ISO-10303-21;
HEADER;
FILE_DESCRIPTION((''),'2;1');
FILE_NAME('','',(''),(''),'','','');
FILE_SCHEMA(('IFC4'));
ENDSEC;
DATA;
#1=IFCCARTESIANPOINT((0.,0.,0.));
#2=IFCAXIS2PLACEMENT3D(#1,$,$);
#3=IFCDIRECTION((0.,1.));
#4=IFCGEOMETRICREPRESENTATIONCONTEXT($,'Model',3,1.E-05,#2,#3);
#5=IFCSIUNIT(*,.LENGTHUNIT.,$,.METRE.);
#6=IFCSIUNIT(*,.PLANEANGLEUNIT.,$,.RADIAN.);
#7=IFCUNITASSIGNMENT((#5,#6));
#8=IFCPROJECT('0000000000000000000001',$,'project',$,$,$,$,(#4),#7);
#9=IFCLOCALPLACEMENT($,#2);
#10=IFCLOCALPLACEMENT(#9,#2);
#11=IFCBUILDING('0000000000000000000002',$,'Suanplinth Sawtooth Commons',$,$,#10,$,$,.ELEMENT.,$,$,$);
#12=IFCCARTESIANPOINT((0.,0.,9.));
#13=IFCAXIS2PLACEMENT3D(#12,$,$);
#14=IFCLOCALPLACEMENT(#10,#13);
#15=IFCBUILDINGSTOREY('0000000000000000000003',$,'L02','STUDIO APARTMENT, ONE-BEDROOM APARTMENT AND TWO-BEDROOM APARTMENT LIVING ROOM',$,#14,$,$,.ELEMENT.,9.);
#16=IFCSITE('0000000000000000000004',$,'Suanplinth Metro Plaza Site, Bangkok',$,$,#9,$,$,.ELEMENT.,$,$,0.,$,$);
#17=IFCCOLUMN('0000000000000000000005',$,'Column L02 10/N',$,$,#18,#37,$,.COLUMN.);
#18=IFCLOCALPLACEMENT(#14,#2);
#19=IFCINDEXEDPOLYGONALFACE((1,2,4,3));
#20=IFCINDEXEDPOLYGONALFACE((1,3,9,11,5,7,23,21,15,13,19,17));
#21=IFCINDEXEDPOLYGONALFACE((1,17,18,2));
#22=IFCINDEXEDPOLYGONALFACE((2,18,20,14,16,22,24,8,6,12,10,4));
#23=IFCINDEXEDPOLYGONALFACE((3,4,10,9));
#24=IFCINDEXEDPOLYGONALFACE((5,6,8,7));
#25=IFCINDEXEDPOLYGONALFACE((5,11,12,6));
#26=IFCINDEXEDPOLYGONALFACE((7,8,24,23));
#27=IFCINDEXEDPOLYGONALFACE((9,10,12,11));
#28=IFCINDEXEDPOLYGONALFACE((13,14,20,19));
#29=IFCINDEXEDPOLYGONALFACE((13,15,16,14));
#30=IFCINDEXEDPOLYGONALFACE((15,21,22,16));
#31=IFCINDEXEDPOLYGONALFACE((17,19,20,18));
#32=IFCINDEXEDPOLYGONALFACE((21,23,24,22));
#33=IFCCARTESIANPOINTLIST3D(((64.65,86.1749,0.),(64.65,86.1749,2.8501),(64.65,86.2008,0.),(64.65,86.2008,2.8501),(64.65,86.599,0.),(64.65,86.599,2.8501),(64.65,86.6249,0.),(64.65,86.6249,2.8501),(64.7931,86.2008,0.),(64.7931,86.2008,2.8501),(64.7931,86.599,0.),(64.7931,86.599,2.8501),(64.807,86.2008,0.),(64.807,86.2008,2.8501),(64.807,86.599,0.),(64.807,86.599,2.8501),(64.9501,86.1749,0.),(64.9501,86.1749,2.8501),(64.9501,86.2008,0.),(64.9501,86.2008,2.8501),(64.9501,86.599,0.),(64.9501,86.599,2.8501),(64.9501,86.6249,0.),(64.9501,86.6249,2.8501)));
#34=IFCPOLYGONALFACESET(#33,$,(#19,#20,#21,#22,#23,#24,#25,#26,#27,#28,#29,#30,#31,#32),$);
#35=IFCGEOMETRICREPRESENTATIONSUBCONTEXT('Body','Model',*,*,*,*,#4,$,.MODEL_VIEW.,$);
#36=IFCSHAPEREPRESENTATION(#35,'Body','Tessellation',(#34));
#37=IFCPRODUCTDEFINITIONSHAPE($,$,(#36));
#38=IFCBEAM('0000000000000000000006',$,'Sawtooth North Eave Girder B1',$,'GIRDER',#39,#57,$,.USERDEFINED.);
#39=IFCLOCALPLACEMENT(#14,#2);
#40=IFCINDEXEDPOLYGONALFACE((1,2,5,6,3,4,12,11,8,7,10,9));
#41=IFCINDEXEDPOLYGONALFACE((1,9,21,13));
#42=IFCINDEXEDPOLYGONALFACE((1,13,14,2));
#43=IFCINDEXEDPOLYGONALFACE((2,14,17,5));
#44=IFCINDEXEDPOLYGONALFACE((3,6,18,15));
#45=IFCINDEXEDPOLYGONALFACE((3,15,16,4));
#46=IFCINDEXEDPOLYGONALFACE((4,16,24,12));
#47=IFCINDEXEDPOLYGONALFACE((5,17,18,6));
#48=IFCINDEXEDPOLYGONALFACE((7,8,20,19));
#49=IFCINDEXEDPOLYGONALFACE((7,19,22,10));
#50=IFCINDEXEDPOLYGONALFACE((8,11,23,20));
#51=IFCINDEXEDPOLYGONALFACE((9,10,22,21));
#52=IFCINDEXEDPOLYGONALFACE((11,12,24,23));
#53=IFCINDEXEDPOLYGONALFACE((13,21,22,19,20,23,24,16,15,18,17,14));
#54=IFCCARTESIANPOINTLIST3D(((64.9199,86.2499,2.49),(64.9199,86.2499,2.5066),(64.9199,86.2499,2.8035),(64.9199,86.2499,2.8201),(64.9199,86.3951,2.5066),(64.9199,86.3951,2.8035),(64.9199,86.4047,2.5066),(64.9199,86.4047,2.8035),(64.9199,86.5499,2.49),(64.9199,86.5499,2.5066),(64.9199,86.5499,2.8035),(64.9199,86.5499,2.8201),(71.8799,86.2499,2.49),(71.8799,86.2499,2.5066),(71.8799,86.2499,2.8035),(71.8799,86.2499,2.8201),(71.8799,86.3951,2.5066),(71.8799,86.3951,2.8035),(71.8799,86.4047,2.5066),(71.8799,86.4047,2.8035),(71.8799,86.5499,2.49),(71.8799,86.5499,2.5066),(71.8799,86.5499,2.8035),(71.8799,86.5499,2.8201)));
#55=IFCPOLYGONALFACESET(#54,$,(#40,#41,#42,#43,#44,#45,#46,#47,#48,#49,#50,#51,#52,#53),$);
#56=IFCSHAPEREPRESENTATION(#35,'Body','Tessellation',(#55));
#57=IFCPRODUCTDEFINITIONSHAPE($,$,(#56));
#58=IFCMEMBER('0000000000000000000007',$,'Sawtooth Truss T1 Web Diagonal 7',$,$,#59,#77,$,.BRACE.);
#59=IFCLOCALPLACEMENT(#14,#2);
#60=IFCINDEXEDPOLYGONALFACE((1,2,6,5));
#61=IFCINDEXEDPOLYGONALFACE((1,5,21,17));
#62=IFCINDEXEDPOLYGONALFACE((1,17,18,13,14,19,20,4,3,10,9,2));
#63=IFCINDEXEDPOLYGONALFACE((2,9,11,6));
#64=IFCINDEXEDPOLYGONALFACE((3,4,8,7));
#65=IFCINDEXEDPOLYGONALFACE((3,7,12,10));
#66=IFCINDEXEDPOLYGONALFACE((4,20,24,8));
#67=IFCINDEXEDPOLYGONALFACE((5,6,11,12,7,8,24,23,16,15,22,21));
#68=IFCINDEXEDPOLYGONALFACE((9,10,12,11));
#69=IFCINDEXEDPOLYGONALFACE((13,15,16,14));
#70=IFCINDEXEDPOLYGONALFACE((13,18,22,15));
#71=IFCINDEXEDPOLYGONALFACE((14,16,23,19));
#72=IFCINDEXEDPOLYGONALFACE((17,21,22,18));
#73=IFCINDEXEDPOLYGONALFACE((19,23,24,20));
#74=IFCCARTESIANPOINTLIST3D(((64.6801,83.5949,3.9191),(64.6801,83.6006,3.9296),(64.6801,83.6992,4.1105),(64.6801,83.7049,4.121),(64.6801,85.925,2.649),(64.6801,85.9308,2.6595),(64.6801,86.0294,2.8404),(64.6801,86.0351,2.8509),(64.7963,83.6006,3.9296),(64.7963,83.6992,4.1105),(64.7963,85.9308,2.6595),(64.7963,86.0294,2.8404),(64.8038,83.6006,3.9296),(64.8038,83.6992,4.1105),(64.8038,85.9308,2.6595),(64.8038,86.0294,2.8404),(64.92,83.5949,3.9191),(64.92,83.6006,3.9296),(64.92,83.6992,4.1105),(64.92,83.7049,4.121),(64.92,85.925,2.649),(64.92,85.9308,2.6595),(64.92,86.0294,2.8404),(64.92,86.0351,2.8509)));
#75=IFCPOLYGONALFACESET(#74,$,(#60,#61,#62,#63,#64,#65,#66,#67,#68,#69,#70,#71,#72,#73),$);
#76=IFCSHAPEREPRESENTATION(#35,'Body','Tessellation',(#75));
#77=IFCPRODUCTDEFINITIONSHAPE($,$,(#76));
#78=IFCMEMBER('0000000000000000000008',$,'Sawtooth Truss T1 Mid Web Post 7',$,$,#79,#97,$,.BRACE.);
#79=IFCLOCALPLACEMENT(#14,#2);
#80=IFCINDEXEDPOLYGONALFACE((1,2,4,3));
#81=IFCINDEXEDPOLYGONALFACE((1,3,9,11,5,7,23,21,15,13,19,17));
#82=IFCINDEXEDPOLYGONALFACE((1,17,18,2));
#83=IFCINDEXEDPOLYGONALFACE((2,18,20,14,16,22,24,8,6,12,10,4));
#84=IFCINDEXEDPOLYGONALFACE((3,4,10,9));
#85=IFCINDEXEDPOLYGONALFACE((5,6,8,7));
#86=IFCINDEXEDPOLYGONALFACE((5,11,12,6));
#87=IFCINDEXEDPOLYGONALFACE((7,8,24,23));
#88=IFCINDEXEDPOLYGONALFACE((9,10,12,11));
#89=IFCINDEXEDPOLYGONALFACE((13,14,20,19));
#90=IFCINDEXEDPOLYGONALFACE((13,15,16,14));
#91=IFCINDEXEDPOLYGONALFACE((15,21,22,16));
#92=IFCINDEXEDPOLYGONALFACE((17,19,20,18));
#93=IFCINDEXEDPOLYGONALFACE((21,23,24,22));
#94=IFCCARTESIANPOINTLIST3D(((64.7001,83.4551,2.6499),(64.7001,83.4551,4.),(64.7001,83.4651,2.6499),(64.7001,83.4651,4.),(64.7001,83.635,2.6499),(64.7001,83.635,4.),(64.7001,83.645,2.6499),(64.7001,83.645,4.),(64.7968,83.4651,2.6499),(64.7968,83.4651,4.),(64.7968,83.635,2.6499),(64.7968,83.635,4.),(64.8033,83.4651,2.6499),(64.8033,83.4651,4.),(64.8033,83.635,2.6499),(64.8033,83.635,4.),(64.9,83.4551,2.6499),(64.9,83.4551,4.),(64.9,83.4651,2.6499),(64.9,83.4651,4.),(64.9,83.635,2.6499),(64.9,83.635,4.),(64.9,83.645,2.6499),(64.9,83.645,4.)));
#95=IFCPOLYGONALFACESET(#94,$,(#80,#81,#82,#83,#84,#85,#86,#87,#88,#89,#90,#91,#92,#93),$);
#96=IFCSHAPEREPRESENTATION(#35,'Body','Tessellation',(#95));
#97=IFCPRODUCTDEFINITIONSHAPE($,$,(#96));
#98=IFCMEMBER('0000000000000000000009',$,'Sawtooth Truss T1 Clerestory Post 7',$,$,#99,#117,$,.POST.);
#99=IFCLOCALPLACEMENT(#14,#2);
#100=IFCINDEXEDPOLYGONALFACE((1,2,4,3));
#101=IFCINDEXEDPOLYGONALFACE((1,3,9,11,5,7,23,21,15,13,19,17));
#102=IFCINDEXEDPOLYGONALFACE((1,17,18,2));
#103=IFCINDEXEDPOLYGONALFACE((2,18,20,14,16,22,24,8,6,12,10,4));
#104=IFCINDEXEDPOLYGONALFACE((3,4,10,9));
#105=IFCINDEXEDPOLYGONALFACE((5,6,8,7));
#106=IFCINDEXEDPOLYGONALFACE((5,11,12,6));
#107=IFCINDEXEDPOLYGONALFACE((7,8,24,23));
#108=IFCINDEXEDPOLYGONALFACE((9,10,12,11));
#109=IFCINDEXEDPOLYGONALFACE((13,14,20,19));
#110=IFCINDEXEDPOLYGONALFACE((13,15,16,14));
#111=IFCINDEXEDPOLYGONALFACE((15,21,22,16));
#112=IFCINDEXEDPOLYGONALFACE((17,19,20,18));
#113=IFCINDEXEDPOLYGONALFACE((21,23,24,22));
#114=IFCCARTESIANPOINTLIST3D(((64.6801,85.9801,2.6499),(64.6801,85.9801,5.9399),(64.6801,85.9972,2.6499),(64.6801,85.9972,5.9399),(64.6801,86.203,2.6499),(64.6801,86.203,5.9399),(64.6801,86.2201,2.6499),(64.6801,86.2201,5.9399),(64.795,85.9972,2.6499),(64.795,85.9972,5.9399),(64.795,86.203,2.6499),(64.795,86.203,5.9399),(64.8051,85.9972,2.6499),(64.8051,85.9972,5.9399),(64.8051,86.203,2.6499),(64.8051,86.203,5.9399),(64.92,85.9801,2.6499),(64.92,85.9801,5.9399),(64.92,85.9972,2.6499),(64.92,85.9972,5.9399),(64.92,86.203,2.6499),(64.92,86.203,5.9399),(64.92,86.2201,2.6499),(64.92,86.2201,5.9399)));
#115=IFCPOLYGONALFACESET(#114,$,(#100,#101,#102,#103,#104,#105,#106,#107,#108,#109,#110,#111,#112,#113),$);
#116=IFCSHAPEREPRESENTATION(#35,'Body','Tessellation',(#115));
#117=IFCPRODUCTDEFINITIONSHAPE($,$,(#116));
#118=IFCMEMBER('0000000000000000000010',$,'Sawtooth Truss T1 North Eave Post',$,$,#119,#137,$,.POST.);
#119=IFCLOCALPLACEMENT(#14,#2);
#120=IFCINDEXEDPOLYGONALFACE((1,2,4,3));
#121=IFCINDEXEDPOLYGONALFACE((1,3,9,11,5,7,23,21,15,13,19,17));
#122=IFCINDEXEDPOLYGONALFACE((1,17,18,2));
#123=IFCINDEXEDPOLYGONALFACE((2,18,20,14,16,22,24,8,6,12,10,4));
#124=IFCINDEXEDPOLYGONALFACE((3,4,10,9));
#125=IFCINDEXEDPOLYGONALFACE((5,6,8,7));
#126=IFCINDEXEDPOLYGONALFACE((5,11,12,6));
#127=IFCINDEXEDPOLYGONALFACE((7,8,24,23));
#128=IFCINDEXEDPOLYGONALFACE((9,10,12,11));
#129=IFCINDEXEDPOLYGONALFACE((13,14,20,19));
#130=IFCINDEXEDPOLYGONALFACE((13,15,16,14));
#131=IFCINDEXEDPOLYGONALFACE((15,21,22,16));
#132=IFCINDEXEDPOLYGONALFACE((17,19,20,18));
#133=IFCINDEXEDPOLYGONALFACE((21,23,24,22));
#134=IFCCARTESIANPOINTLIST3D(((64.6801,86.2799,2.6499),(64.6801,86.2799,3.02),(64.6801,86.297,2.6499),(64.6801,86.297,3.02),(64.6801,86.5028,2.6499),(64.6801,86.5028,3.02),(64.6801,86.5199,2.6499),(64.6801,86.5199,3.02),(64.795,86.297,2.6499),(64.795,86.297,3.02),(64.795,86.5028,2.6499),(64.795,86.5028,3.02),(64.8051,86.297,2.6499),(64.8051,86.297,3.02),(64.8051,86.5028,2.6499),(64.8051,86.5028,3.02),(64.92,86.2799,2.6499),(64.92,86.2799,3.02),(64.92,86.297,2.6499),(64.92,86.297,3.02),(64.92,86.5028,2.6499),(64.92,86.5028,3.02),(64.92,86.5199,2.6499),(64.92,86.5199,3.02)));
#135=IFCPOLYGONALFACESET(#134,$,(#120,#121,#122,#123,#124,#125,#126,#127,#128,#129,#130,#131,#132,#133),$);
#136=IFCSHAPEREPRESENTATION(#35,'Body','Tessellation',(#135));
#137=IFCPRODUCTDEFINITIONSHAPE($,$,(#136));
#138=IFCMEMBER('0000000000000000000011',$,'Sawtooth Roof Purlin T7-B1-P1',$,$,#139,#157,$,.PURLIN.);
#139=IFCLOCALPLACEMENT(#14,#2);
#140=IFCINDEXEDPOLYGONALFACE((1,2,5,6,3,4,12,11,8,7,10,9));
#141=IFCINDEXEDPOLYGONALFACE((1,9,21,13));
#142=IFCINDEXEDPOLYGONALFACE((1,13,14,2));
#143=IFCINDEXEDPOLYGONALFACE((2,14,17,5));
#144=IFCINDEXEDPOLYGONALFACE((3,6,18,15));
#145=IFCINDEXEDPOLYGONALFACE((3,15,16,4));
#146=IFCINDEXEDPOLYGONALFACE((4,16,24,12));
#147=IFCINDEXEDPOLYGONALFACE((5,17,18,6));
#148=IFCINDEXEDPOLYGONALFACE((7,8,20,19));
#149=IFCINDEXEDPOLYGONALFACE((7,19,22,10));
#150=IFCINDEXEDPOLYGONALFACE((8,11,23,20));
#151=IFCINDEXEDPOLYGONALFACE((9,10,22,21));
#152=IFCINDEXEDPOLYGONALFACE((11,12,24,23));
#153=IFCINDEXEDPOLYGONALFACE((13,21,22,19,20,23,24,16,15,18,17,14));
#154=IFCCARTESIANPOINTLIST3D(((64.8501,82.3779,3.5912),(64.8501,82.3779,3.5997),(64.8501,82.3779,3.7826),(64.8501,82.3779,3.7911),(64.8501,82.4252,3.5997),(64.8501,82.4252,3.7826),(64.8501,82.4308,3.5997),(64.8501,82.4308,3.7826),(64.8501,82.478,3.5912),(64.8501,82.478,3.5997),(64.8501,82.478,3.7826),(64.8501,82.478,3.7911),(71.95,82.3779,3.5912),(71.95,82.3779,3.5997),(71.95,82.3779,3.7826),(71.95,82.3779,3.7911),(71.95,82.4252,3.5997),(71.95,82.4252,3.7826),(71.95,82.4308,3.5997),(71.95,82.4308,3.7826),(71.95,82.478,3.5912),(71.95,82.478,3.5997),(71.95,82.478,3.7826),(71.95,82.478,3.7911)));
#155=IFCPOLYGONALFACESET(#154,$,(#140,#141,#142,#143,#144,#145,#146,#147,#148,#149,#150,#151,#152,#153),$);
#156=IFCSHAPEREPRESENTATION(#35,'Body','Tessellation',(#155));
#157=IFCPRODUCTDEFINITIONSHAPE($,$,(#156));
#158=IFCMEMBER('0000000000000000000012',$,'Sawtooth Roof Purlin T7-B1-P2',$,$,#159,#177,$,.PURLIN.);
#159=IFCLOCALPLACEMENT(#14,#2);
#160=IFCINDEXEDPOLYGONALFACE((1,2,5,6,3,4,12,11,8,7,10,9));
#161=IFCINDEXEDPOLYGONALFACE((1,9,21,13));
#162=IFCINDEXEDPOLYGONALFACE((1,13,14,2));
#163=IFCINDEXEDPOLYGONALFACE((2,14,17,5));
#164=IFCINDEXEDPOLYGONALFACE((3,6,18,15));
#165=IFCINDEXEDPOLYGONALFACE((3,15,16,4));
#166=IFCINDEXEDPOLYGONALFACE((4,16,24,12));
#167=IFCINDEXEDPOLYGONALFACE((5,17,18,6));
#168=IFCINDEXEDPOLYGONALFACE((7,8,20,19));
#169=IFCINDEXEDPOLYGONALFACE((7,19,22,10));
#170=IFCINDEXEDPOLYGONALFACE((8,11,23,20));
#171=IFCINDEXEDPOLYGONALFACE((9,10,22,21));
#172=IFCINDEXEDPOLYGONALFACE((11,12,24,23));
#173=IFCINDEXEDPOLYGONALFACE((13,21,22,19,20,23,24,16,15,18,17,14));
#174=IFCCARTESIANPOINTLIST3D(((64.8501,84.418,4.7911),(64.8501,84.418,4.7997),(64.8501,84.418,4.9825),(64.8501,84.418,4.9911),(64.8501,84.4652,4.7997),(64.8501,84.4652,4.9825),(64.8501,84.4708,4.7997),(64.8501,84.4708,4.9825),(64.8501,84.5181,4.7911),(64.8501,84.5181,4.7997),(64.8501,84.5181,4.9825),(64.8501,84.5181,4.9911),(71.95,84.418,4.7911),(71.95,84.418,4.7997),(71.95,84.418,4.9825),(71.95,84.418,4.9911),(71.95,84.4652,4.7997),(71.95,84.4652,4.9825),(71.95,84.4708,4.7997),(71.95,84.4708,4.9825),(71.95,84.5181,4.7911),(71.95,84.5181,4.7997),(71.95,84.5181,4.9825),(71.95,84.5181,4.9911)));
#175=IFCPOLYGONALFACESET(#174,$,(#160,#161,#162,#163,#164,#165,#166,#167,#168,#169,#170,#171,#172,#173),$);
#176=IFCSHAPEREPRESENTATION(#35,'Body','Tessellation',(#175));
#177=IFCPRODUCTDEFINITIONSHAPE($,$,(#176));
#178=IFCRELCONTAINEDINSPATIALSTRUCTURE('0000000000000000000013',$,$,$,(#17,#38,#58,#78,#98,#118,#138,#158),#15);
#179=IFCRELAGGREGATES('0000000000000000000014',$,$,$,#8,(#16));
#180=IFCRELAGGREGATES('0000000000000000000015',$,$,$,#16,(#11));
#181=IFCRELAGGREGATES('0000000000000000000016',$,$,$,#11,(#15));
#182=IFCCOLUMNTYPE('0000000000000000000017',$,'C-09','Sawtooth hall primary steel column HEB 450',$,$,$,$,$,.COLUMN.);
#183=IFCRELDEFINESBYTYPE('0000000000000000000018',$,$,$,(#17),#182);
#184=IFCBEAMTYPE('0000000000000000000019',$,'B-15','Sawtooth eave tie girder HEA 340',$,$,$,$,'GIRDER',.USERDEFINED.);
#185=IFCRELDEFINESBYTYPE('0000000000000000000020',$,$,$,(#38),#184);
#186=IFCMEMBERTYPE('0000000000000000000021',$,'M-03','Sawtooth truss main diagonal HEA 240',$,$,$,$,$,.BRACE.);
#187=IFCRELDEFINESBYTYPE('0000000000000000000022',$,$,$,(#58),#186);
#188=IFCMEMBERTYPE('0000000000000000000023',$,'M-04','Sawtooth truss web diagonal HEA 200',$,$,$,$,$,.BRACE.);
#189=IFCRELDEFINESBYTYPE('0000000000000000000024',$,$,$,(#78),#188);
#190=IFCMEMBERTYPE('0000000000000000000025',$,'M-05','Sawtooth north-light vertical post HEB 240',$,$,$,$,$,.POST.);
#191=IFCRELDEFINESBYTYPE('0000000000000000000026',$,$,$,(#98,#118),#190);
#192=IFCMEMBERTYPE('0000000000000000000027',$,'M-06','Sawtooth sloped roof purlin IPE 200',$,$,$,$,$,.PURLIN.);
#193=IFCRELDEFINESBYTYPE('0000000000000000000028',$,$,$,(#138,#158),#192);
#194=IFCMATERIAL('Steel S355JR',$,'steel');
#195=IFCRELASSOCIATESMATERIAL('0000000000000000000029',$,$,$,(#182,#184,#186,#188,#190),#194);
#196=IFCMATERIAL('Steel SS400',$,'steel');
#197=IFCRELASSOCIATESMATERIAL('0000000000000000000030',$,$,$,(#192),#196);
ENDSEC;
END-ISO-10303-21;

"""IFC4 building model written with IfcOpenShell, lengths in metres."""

from ifc_helpers import new_model, si_unit, direction, frame, origin, origin_2d, place, context, subcontext, project, spatial, i_section, extrude, material, material_profile, profile_set, type_object, element, save


model = new_model("IFC4")

# Units and contexts
model_context = context("Model", 3, precision=1e-05, world=origin(), true_north=direction((0.0, 1.0)))
body_context = subcontext(model_context, "Body", "Model", "MODEL_VIEW")
ifc_project = project(units=[si_unit("LENGTHUNIT", "METRE"), si_unit("PLANEANGLEUNIT", "RADIAN")], contexts=[model_context])

# Site, building, storey
site_placement = place(None, origin())
site = spatial("IfcSite", under=ifc_project, at=site_placement, Name="Suanplinth Metro Plaza Site, Bangkok", CompositionType="ELEMENT", RefElevation=0.0)
building_placement = place(site_placement, origin())
building = spatial("IfcBuilding", under=site, at=building_placement, Name="Suanplinth Sawtooth Commons", CompositionType="ELEMENT")
storey_placement = place(building_placement, frame((0.0, 0.0, 9.0)))
storey = spatial("IfcBuildingStorey", under=building, at=storey_placement, Name="L02", Description="STUDIO APARTMENT, ONE-BEDROOM APARTMENT AND TWO-BEDROOM APARTMENT LIVING ROOM", CompositionType="ELEMENT", Elevation=9.0)

# Column
ifc_material_1 = material(Name="Steel S355JR", Category="steel")
ifc_material_profile_1 = material_profile(ifc_material_1, i_section(OverallWidth=0.3, OverallDepth=0.45, WebThickness=0.0139, FlangeThickness=0.0259, at=origin_2d()), Name="HEB 450")
ifc_profile_set_1 = profile_set([ifc_material_profile_1], Name="Steel S355JR")
column_type = type_object("IfcColumnType", Name="C-09", Description="Sawtooth hall primary steel column HEB 450", PredefinedType="COLUMN", material=ifc_profile_set_1)
column_placement = place(storey_placement, frame((64.8, 86.3999, 0.0), z_axis=(0.0, 0.0, 1.0), x_axis=(1.0, 0.0, 0.0)))
element("IfcColumn", 1, at=column_placement, inside=storey, type_object=column_type, Name="Column L02 10/N", PredefinedType="COLUMN", context=body_context, shape_type="SweptSolid", body=[
    extrude(i_section(OverallWidth=0.3, OverallDepth=0.45, WebThickness=0.0139, FlangeThickness=0.0259, at=origin_2d()), origin(), (0.0, 0.0, 1.0), 2.8501),
])

# Beam
ifc_material_profile_2 = material_profile(ifc_material_1, i_section(OverallWidth=0.3, OverallDepth=0.3301, WebThickness=0.0095, FlangeThickness=0.0166, at=origin_2d()), Name="HEA 340")
ifc_profile_set_2 = profile_set([ifc_material_profile_2], Name="Steel S355JR")
beam_type = type_object("IfcBeamType", Name="B-15", Description="Sawtooth eave tie girder HEA 340", ElementType="GIRDER", PredefinedType="USERDEFINED", material=ifc_profile_set_2)
beam_placement = place(storey_placement, frame((64.9199, 86.3999, 2.655), z_axis=(1.0, 0.0, 0.0), x_axis=(0.0, 1.0, 0.0)))
element("IfcBeam", 2, at=beam_placement, inside=storey, type_object=beam_type, Name="Sawtooth North Eave Girder B1", ObjectType="GIRDER", PredefinedType="USERDEFINED", context=body_context, shape_type="SweptSolid", body=[
    extrude(i_section(OverallWidth=0.3, OverallDepth=0.3301, WebThickness=0.0095, FlangeThickness=0.0166, at=origin_2d()), origin(), (0.0, 0.0, 1.0), 6.96),
])

# Members
ifc_material_profile_3 = material_profile(ifc_material_1, i_section(OverallWidth=0.24, OverallDepth=0.23, WebThickness=0.0076, FlangeThickness=0.012, at=origin_2d()), Name="HEA 240")
ifc_profile_set_3 = profile_set([ifc_material_profile_3], Name="Steel S355JR")
member_type_1 = type_object("IfcMemberType", Name="M-03", Description="Sawtooth truss main diagonal HEA 240", PredefinedType="BRACE", material=ifc_profile_set_3)
member_1_placement = place(storey_placement, frame((64.8, 83.6499, 4.02), z_axis=(0.0, 0.878043, -0.478581), x_axis=(-1.0, 0.0, 0.0)))
element("IfcMember", 3, at=member_1_placement, inside=storey, type_object=member_type_1, Name="Sawtooth Truss T1 Web Diagonal 7", PredefinedType="BRACE", context=body_context, shape_type="SweptSolid", body=[
    extrude(i_section(OverallWidth=0.24, OverallDepth=0.23, WebThickness=0.0076, FlangeThickness=0.012, at=origin_2d()), origin(), (0.0, 0.0, 1.0), 2.6538),
])
ifc_material_profile_4 = material_profile(ifc_material_1, i_section(OverallWidth=0.2, OverallDepth=0.1899, WebThickness=0.0066, FlangeThickness=0.01, at=origin_2d()), Name="HEA 200")
ifc_profile_set_4 = profile_set([ifc_material_profile_4], Name="Steel S355JR")
member_type_2 = type_object("IfcMemberType", Name="M-04", Description="Sawtooth truss web diagonal HEA 200", PredefinedType="BRACE", material=ifc_profile_set_4)
member_2_placement = place(storey_placement, frame((64.8, 83.55, 2.6499), z_axis=(0.0, 0.0, 1.0), x_axis=(1.0, 0.0, 0.0)))
element("IfcMember", 4, at=member_2_placement, inside=storey, type_object=member_type_2, Name="Sawtooth Truss T1 Mid Web Post 7", PredefinedType="BRACE", context=body_context, shape_type="SweptSolid", body=[
    extrude(i_section(OverallWidth=0.2, OverallDepth=0.1899, WebThickness=0.0066, FlangeThickness=0.01, at=origin_2d()), origin(), (0.0, 0.0, 1.0), 1.3501),
])
ifc_material_profile_5 = material_profile(ifc_material_1, i_section(OverallWidth=0.24, OverallDepth=0.24, WebThickness=0.01, FlangeThickness=0.0171, at=origin_2d()), Name="HEB 240")
ifc_profile_set_5 = profile_set([ifc_material_profile_5], Name="Steel S355JR")
member_type_3 = type_object("IfcMemberType", Name="M-05", Description="Sawtooth north-light vertical post HEB 240", PredefinedType="POST", material=ifc_profile_set_5)
member_3_placement = place(storey_placement, frame((64.8, 86.1001, 2.6499), z_axis=(0.0, 0.0, 1.0), x_axis=(1.0, 0.0, 0.0)))
element("IfcMember", 5, at=member_3_placement, inside=storey, type_object=member_type_3, Name="Sawtooth Truss T1 Clerestory Post 7", PredefinedType="POST", context=body_context, shape_type="SweptSolid", body=[
    extrude(i_section(OverallWidth=0.24, OverallDepth=0.24, WebThickness=0.01, FlangeThickness=0.0171, at=origin_2d()), origin(), (0.0, 0.0, 1.0), 3.29),
])
member_4_placement = place(storey_placement, frame((64.8, 86.3999, 2.6499), z_axis=(0.0, 0.0, 1.0), x_axis=(1.0, 0.0, 0.0)))
element("IfcMember", 6, at=member_4_placement, inside=storey, type_object=member_type_3, Name="Sawtooth Truss T1 North Eave Post", PredefinedType="POST", context=body_context, shape_type="SweptSolid", body=[
    extrude(i_section(OverallWidth=0.24, OverallDepth=0.24, WebThickness=0.01, FlangeThickness=0.0171, at=origin_2d()), origin(), (0.0, 0.0, 1.0), 0.3701),
])
ifc_material_2 = material(Name="Steel SS400", Category="steel")
ifc_material_profile_6 = material_profile(ifc_material_2, i_section(OverallWidth=0.1001, OverallDepth=0.2, WebThickness=0.0056, FlangeThickness=0.0085, at=origin_2d()), Name="IPE 200")
ifc_profile_set_6 = profile_set([ifc_material_profile_6], Name="Steel SS400")
member_type_4 = type_object("IfcMemberType", Name="M-06", Description="Sawtooth sloped roof purlin IPE 200", PredefinedType="PURLIN", material=ifc_profile_set_6)
for number, where, z_axis, x_axis, name in (
    (7, (64.8501, 82.428, 3.6912), (1.0, 0.0, 0.0), (0.0, 1.0, 0.0), "Sawtooth Roof Purlin T7-B1-P1"),
    (8, (64.8501, 84.468, 4.8911), (1.0, 0.0, 0.0), (0.0, 1.0, 0.0), "Sawtooth Roof Purlin T7-B1-P2"),
):
    element("IfcMember", number, at=place(storey_placement, frame(where, z_axis=z_axis, x_axis=x_axis)), inside=storey, type_object=member_type_4, Name=name, PredefinedType="PURLIN", context=body_context, shape_type="SweptSolid", body=[
        extrude(i_section(OverallWidth=0.1001, OverallDepth=0.2, WebThickness=0.0056, FlangeThickness=0.0085, at=origin_2d()), origin(), (0.0, 0.0, 1.0), 7.0999),
    ])

save(model, "model.ifc")
